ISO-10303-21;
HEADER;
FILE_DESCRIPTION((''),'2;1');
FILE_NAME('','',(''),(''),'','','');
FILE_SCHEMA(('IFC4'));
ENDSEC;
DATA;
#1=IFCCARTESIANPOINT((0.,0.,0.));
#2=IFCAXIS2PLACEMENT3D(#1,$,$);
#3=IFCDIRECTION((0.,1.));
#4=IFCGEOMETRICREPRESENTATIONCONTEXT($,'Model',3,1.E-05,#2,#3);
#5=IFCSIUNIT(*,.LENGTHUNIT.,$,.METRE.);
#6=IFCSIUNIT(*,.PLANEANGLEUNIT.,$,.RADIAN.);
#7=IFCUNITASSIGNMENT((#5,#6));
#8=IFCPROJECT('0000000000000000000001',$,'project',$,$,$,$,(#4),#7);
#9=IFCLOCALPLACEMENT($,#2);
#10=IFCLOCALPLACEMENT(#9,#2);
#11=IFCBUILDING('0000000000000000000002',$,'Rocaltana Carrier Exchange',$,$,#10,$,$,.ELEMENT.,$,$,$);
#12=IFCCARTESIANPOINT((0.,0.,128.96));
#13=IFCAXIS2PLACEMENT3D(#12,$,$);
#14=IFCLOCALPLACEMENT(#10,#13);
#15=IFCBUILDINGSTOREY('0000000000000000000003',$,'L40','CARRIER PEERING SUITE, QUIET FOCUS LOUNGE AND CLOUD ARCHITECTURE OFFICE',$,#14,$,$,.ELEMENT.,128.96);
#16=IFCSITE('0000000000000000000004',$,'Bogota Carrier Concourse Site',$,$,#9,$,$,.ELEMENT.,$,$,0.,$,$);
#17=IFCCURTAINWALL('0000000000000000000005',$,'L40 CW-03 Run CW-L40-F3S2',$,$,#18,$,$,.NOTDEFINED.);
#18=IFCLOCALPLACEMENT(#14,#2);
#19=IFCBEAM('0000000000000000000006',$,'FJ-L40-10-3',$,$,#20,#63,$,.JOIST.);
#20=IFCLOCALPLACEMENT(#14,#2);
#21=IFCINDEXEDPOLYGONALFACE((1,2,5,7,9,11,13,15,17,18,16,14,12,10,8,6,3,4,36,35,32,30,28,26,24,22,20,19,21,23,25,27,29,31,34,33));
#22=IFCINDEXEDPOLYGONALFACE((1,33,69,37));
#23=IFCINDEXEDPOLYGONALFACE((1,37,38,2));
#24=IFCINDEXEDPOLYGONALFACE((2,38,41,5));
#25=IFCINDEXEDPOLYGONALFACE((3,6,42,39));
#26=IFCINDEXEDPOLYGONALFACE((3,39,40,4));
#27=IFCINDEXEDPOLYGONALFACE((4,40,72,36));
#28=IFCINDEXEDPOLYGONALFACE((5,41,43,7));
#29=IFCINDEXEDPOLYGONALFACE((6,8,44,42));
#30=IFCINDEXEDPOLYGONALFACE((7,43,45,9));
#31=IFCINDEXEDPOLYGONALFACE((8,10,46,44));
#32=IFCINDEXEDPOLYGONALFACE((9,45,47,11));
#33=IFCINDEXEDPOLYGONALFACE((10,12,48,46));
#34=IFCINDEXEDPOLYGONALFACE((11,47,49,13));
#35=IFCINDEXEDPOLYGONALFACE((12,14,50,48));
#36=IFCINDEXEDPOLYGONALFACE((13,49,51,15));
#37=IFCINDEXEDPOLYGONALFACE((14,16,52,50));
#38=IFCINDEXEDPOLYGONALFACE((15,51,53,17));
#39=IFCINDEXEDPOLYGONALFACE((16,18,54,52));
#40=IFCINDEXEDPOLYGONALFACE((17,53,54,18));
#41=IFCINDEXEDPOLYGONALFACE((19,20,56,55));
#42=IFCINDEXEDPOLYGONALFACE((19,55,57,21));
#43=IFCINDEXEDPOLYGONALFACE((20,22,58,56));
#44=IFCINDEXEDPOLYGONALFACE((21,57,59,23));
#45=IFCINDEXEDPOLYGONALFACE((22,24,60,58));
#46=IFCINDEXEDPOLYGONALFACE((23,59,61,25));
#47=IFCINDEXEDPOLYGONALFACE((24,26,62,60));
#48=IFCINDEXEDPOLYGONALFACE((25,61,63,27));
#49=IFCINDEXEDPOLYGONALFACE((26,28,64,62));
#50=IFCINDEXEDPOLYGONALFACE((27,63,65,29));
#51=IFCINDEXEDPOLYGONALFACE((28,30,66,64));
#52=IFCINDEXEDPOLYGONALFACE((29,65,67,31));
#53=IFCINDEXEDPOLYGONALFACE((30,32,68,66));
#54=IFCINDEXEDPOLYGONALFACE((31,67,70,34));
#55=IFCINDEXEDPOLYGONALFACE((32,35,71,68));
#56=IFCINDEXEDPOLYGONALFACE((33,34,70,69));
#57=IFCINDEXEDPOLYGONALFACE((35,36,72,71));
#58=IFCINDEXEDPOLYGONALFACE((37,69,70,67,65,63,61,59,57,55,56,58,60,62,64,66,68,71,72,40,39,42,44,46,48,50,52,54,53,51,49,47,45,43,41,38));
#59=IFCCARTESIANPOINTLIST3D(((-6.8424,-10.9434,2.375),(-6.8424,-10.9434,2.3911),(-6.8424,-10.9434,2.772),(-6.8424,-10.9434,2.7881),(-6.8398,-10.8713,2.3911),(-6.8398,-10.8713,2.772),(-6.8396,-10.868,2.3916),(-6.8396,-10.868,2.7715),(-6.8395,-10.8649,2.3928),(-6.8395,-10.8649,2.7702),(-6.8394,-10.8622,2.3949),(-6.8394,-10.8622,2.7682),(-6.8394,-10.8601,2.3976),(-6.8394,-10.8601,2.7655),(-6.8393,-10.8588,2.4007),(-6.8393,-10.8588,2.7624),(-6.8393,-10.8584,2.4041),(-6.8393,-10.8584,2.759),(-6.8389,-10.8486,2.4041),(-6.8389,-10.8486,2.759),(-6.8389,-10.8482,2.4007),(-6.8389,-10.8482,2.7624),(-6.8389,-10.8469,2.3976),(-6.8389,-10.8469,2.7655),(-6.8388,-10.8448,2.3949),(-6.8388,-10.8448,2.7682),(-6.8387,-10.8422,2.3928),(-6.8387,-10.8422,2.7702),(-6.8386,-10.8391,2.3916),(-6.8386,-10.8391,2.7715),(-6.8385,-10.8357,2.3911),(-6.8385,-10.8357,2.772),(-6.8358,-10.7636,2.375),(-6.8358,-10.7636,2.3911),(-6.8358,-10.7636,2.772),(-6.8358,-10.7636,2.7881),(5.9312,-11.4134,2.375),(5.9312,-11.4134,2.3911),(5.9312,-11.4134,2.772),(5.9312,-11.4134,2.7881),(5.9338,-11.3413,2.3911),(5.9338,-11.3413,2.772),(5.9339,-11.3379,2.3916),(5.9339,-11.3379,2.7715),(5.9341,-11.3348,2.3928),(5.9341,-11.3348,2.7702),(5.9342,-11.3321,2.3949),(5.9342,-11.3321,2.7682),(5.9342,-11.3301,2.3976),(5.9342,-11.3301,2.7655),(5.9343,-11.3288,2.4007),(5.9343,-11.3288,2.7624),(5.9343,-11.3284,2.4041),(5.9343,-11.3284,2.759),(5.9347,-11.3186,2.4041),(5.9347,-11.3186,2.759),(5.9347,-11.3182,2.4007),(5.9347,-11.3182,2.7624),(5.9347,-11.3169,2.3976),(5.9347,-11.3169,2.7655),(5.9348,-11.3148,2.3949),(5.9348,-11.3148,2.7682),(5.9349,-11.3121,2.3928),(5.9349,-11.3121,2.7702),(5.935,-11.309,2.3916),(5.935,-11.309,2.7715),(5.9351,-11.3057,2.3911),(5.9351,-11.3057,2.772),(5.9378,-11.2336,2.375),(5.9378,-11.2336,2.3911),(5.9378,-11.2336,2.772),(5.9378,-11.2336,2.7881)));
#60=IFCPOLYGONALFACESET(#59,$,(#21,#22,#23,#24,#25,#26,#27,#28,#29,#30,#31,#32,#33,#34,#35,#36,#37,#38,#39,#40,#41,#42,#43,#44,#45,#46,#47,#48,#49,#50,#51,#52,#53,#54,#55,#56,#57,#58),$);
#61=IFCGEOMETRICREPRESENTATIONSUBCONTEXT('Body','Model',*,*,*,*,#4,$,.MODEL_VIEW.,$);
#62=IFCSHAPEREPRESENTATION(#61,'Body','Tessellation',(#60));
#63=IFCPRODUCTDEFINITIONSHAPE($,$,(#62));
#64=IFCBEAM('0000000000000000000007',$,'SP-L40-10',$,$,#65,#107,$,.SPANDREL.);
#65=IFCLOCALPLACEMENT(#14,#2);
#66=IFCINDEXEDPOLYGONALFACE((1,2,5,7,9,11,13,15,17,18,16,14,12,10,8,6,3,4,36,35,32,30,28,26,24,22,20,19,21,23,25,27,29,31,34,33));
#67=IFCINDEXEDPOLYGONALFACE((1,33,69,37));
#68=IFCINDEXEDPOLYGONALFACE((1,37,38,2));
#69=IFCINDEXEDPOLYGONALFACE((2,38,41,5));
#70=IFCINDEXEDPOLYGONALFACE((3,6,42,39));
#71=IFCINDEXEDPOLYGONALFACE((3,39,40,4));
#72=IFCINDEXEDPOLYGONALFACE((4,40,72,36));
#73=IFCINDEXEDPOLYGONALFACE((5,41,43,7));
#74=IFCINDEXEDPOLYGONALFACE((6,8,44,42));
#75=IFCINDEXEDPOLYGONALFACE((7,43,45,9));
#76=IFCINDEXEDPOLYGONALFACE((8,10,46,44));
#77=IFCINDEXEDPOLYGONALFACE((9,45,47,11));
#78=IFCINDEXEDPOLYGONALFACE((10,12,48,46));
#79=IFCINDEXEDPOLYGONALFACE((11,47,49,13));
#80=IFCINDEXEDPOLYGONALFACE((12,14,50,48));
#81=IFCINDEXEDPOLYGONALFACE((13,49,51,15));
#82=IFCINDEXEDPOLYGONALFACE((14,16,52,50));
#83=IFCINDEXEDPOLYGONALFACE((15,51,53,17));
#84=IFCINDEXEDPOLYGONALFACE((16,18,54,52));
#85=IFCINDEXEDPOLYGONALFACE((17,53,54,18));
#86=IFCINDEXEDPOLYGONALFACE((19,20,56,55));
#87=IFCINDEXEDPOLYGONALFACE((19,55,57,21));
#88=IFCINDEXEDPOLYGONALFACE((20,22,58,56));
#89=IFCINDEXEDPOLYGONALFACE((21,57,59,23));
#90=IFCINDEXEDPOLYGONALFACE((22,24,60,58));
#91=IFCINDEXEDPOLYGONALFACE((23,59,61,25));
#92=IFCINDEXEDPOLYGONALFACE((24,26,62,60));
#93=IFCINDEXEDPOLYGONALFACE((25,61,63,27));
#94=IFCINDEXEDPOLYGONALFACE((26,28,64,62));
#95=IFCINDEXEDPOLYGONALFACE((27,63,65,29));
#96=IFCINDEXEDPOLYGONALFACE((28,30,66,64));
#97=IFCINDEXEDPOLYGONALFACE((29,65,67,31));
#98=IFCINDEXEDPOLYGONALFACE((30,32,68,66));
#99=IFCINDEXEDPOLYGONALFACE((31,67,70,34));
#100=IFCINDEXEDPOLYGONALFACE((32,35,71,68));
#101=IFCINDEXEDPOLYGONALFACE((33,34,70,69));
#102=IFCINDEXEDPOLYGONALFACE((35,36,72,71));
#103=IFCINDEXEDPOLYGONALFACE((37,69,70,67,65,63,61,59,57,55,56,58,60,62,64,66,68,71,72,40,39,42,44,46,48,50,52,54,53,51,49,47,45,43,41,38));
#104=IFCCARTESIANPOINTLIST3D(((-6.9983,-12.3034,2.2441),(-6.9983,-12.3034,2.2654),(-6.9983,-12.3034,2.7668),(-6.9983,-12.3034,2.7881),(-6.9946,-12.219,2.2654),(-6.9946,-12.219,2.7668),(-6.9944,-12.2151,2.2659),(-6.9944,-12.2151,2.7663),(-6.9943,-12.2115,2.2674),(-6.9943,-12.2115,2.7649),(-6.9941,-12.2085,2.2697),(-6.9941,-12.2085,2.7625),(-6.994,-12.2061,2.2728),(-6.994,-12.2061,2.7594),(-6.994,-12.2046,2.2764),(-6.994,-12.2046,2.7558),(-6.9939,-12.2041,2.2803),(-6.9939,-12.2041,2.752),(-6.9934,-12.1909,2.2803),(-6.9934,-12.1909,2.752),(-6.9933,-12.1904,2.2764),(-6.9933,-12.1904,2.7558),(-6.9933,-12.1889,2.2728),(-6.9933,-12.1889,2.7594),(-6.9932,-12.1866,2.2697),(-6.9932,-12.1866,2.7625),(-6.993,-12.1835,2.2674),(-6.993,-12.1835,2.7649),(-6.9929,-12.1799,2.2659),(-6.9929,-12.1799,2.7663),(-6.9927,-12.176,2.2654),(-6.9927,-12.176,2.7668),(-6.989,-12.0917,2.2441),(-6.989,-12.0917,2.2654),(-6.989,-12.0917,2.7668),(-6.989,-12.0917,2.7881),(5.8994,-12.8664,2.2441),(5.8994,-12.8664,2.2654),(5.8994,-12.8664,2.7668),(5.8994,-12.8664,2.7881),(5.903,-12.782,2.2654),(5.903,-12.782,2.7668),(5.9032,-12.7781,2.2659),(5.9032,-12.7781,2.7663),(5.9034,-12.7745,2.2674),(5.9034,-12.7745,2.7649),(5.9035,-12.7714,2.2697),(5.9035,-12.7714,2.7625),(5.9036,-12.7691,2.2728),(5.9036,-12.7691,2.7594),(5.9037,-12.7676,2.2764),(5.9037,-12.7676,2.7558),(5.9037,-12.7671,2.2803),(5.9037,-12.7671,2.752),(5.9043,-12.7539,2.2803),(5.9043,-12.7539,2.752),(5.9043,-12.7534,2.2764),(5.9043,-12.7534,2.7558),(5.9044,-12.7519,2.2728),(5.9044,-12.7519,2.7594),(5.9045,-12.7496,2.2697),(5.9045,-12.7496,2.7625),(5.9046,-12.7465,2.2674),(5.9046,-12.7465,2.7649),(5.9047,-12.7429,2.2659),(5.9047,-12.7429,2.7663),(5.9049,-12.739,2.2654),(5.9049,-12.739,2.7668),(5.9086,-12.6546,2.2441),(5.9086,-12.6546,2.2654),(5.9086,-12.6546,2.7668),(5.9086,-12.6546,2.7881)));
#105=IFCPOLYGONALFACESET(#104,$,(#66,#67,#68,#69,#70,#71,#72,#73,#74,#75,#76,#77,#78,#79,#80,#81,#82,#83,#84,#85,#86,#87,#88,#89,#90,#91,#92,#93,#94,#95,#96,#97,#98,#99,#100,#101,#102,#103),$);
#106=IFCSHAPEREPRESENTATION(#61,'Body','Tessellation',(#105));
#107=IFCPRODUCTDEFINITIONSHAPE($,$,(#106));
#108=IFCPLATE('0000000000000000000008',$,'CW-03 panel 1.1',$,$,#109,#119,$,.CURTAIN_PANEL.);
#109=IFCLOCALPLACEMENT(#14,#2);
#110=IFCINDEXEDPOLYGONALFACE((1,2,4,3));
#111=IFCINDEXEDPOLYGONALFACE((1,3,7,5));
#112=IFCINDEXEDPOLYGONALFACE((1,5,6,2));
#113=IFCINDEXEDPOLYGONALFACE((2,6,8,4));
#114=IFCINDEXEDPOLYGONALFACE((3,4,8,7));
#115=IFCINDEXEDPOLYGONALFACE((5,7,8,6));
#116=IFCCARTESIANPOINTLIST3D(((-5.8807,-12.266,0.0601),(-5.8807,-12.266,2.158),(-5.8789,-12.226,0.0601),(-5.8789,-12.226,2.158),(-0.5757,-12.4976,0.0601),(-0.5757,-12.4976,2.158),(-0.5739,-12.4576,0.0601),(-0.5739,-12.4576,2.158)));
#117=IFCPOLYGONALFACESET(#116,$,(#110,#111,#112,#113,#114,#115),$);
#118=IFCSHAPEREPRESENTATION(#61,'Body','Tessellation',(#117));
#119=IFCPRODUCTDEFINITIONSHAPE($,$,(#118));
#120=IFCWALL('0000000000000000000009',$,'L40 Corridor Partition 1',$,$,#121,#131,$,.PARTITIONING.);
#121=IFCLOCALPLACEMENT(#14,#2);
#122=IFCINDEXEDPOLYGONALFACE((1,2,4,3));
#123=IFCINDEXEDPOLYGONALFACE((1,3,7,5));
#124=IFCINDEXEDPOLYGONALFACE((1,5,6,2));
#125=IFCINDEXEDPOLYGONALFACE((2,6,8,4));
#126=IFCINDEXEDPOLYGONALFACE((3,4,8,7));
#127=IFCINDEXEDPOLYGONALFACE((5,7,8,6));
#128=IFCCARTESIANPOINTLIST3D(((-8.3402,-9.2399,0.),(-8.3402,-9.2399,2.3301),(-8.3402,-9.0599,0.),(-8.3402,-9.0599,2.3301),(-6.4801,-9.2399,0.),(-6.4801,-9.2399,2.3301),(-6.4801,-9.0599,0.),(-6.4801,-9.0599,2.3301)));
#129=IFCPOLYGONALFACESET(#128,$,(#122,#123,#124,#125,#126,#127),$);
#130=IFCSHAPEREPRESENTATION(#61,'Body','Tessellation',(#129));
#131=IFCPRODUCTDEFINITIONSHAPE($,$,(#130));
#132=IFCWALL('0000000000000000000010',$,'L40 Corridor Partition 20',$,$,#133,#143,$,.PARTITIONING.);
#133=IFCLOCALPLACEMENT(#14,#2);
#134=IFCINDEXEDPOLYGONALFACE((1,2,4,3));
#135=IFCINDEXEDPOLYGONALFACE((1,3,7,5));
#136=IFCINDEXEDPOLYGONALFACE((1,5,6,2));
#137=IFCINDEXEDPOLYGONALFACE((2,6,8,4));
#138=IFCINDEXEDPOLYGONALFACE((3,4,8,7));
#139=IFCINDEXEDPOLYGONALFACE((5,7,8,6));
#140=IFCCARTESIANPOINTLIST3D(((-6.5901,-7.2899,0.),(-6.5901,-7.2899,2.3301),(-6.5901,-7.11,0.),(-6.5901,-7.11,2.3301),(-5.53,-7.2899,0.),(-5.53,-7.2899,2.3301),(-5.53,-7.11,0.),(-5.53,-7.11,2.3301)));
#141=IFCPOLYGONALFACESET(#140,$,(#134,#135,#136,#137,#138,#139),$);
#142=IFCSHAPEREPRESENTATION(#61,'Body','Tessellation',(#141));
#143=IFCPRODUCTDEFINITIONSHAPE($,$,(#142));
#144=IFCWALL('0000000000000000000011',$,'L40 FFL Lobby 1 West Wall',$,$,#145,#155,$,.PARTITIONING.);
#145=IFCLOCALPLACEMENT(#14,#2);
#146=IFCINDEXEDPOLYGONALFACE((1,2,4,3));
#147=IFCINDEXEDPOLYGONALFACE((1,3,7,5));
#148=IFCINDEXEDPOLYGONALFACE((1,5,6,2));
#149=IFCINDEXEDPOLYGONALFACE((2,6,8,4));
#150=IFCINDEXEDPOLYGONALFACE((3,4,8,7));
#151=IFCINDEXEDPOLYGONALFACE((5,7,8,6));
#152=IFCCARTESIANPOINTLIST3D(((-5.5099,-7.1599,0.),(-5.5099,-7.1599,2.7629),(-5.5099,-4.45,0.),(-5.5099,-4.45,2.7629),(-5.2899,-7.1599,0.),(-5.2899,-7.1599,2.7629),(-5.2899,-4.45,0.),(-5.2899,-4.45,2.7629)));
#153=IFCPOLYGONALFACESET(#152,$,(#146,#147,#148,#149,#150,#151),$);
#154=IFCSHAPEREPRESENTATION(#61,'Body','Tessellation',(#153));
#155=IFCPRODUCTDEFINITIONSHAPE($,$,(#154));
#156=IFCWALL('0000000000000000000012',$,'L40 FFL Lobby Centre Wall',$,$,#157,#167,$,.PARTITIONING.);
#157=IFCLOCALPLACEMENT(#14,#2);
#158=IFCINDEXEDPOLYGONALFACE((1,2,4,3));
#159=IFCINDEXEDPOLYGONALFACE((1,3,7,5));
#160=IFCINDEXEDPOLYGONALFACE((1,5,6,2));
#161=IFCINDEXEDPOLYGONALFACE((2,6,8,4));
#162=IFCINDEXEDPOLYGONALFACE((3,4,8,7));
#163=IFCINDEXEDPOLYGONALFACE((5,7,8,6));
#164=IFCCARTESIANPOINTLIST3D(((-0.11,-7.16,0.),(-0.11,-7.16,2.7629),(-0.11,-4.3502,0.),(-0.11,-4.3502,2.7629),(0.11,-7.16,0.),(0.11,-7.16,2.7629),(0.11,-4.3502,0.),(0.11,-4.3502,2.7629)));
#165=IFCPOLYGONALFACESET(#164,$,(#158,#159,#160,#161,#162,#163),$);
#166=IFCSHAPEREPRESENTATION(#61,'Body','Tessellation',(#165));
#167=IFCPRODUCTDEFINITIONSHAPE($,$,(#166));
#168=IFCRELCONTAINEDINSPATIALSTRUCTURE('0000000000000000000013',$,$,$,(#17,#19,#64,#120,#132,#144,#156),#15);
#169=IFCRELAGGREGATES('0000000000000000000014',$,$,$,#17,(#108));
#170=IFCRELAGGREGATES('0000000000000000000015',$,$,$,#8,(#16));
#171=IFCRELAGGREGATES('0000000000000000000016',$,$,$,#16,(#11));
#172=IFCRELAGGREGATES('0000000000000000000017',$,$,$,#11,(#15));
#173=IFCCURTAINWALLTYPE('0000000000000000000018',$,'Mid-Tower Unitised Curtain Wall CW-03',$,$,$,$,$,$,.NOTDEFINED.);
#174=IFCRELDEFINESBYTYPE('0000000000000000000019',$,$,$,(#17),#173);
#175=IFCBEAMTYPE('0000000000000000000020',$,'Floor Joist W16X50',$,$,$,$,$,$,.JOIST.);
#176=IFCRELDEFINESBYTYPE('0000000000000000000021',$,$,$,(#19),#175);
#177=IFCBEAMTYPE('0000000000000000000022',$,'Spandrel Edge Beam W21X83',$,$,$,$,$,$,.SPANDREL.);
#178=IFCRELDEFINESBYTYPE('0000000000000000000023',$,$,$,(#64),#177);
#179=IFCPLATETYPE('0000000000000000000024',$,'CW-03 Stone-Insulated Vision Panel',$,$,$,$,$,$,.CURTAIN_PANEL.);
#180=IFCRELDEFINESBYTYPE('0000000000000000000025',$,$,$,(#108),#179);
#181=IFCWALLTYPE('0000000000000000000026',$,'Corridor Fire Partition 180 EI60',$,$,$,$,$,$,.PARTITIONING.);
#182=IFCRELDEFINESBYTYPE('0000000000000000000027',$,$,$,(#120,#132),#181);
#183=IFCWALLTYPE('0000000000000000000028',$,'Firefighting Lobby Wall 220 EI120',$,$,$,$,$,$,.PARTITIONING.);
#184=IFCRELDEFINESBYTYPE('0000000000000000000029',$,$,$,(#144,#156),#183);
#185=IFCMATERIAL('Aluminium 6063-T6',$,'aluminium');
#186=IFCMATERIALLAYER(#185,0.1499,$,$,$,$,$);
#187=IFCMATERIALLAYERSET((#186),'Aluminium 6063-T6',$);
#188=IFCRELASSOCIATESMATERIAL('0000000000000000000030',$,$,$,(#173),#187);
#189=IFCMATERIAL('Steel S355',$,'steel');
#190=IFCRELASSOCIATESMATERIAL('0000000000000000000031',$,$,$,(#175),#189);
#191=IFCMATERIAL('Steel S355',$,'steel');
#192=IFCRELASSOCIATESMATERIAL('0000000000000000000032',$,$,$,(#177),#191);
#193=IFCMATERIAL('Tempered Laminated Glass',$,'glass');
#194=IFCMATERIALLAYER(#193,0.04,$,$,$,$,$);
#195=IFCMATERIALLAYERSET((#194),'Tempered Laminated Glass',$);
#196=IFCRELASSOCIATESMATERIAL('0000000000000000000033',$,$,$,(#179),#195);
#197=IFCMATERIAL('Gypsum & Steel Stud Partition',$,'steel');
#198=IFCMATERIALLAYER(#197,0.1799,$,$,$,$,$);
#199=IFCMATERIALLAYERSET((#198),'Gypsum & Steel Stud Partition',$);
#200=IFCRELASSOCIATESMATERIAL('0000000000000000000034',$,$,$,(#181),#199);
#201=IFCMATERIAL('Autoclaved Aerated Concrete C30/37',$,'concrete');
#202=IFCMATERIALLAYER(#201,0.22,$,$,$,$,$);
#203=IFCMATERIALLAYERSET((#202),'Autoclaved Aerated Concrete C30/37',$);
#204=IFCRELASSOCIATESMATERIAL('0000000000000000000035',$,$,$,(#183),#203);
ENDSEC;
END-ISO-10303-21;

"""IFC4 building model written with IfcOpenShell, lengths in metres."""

from ifc_helpers import new_model, si_unit, direction, frame, frame_2d, origin, origin_2d, place, context, subcontext, project, spatial, rectangle, i_section, extrude, material, layer, layer_set, material_profile, profile_set, type_object, element, aggregate, save


model = new_model("IFC4")

# Units and contexts
model_context = context("Model", 3, precision=1e-05, world=origin(), true_north=direction((0.0, 1.0)))
body_context = subcontext(model_context, "Body", "Model", "MODEL_VIEW")
ifc_project = project(units=[si_unit("LENGTHUNIT", "METRE"), si_unit("PLANEANGLEUNIT", "RADIAN")], contexts=[model_context])

# Site, building, storey
site_placement = place(None, origin())
site = spatial("IfcSite", under=ifc_project, at=site_placement, Name="Bogota Carrier Concourse Site", CompositionType="ELEMENT", RefElevation=0.0)
building_placement = place(site_placement, origin())
building = spatial("IfcBuilding", under=site, at=building_placement, Name="Rocaltana Carrier Exchange", CompositionType="ELEMENT")
storey_placement = place(building_placement, frame((0.0, 0.0, 128.96)))
storey = spatial("IfcBuildingStorey", under=building, at=storey_placement, Name="L40", Description="CARRIER PEERING SUITE, QUIET FOCUS LOUNGE AND CLOUD ARCHITECTURE OFFICE", CompositionType="ELEMENT", Elevation=128.96)

# Curtain wall
ifc_material_1 = material(Name="Aluminium 6063-T6", Category="aluminium")
ifc_layer_1 = layer(ifc_material_1, 0.1499)
ifc_layer_set_1 = layer_set([ifc_layer_1], Name="Aluminium 6063-T6")
curtain_wall_type = type_object("IfcCurtainWallType", Name="Mid-Tower Unitised Curtain Wall CW-03", PredefinedType="NOTDEFINED", material=ifc_layer_set_1)
curtain_wall_placement = place(storey_placement, origin())
curtain_wall = element("IfcCurtainWall", 1, at=curtain_wall_placement, inside=storey, type_object=curtain_wall_type, Name="L40 CW-03 Run CW-L40-F3S2", PredefinedType="NOTDEFINED")

# Beams
ifc_material_2 = material(Name="Steel S355", Category="steel")
ifc_material_profile_1 = material_profile(ifc_material_2, i_section(OverallWidth=0.1799, OverallDepth=0.4131, WebThickness=0.0098, FlangeThickness=0.0161, FilletRadius=0.0129, at=origin_2d()), Name="W16X50")
ifc_profile_set_1 = profile_set([ifc_material_profile_1], Name="Steel S355")
beam_type_1 = type_object("IfcBeamType", Name="Floor Joist W16X50", PredefinedType="JOIST", material=ifc_profile_set_1)
beam_1_placement = place(storey_placement, frame((-6.8391, -10.8535, 2.5815), z_axis=(0.999324, -0.036767, 0.0), x_axis=(0.036767, 0.999324, 0.0)))
element("IfcBeam", 2, at=beam_1_placement, inside=storey, type_object=beam_type_1, Name="FJ-L40-10-3", PredefinedType="JOIST", context=body_context, shape_type="SweptSolid", body=[
    extrude(i_section(OverallWidth=0.1799, OverallDepth=0.4131, WebThickness=0.0098, FlangeThickness=0.0161, FilletRadius=0.0129, at=origin_2d()), origin(), (0.0, 0.0, 1.0), 12.7822),
])
ifc_material_3 = material(Name="Steel S355", Category="steel")
ifc_material_profile_2 = material_profile(ifc_material_3, i_section(OverallWidth=0.2119, OverallDepth=0.5439, WebThickness=0.0132, FlangeThickness=0.0212, FilletRadius=0.0149, at=origin_2d()), Name="W21X83")
ifc_profile_set_2 = profile_set([ifc_material_profile_2], Name="Steel S355")
beam_type_2 = type_object("IfcBeamType", Name="Spandrel Edge Beam W21X83", PredefinedType="SPANDREL", material=ifc_profile_set_2)
beam_2_placement = place(storey_placement, frame((-6.9937, -12.1975, 2.5161), z_axis=(0.999049, -0.043609, 0.0), x_axis=(0.043609, 0.999049, 0.0)))
element("IfcBeam", 3, at=beam_2_placement, inside=storey, type_object=beam_type_2, Name="SP-L40-10", PredefinedType="SPANDREL", context=body_context, shape_type="SweptSolid", body=[
    extrude(i_section(OverallWidth=0.2119, OverallDepth=0.5439, WebThickness=0.0132, FlangeThickness=0.0212, FilletRadius=0.0149, at=origin_2d()), origin(), (0.0, 0.0, 1.0), 12.9099),
])

# Plate
ifc_material_4 = material(Name="Tempered Laminated Glass", Category="glass")
ifc_layer_2 = layer(ifc_material_4, 0.04)
ifc_layer_set_2 = layer_set([ifc_layer_2], Name="Tempered Laminated Glass")
plate_type = type_object("IfcPlateType", Name="CW-03 Stone-Insulated Vision Panel", PredefinedType="CURTAIN_PANEL", material=ifc_layer_set_2)
plate_placement = place(storey_placement, frame((-3.2273, -12.3618, 0.0601), z_axis=(0.0, 0.0, 1.0), x_axis=(0.999048, -0.04362, 0.0)))
plate = element("IfcPlate", 4, at=plate_placement, type_object=plate_type, Name="CW-03 panel 1.1", PredefinedType="CURTAIN_PANEL", context=body_context, shape_type="SweptSolid", body=[
    extrude(rectangle(XDim=5.3101, YDim=0.04, at=origin_2d()), origin(), (0.0, 0.0, 1.0), 2.0979),
])
aggregate(curtain_wall, [plate])

# Walls
ifc_material_5 = material(Name="Gypsum & Steel Stud Partition", Category="steel")
ifc_layer_3 = layer(ifc_material_5, 0.1799)
ifc_layer_set_3 = layer_set([ifc_layer_3], Name="Gypsum & Steel Stud Partition")
wall_type_1 = type_object("IfcWallType", Name="Corridor Fire Partition 180 EI60", PredefinedType="PARTITIONING", material=ifc_layer_set_3)
wall_1_placement = place(storey_placement, frame((-6.48, -9.1499, 0.0), z_axis=(0.0, 0.0, 1.0), x_axis=(-1.0, 0.0, 0.0)))
element("IfcWall", 5, at=wall_1_placement, inside=storey, type_object=wall_type_1, Name="L40 Corridor Partition 1", PredefinedType="PARTITIONING", context=body_context, shape_type="SweptSolid", body=[
    extrude(rectangle(XDim=1.8601, YDim=0.1799, at=frame_2d((0.9302, 0.0))), origin(), (0.0, 0.0, 1.0), 2.3301),
])
wall_2_placement = place(storey_placement, frame((-6.5901, -7.2, 0.0), z_axis=(0.0, 0.0, 1.0), x_axis=(1.0, 0.0, 0.0)))
element("IfcWall", 6, at=wall_2_placement, inside=storey, type_object=wall_type_1, Name="L40 Corridor Partition 20", PredefinedType="PARTITIONING", context=body_context, shape_type="SweptSolid", body=[
    extrude(rectangle(XDim=1.0601, YDim=0.1799, at=frame_2d((0.53, 0.0))), origin(), (0.0, 0.0, 1.0), 2.3301),
])
ifc_material_6 = material(Name="Autoclaved Aerated Concrete C30/37", Category="concrete")
ifc_layer_4 = layer(ifc_material_6, 0.22)
ifc_layer_set_4 = layer_set([ifc_layer_4], Name="Autoclaved Aerated Concrete C30/37")
wall_type_2 = type_object("IfcWallType", Name="Firefighting Lobby Wall 220 EI120", PredefinedType="PARTITIONING", material=ifc_layer_set_4)
wall_3_placement = place(storey_placement, frame((-5.3999, -7.1599, 0.0), z_axis=(0.0, 0.0, 1.0), x_axis=(0.0, 1.0, 0.0)))
element("IfcWall", 7, at=wall_3_placement, inside=storey, type_object=wall_type_2, Name="L40 FFL Lobby 1 West Wall", PredefinedType="PARTITIONING", context=body_context, shape_type="SweptSolid", body=[
    extrude(rectangle(XDim=2.71, YDim=0.22, at=frame_2d((1.355, 0.0))), origin(), (0.0, 0.0, 1.0), 2.7629),
])
wall_4_placement = place(storey_placement, frame((0.0, -7.1599, 0.0), z_axis=(0.0, 0.0, 1.0), x_axis=(0.0, 1.0, 0.0)))
element("IfcWall", 8, at=wall_4_placement, inside=storey, type_object=wall_type_2, Name="L40 FFL Lobby Centre Wall", PredefinedType="PARTITIONING", context=body_context, shape_type="SweptSolid", body=[
    extrude(rectangle(XDim=2.8098, YDim=0.22, at=frame_2d((1.4048, 0.0))), origin(), (0.0, 0.0, 1.0), 2.7629),
])

save(model, "model.ifc")
